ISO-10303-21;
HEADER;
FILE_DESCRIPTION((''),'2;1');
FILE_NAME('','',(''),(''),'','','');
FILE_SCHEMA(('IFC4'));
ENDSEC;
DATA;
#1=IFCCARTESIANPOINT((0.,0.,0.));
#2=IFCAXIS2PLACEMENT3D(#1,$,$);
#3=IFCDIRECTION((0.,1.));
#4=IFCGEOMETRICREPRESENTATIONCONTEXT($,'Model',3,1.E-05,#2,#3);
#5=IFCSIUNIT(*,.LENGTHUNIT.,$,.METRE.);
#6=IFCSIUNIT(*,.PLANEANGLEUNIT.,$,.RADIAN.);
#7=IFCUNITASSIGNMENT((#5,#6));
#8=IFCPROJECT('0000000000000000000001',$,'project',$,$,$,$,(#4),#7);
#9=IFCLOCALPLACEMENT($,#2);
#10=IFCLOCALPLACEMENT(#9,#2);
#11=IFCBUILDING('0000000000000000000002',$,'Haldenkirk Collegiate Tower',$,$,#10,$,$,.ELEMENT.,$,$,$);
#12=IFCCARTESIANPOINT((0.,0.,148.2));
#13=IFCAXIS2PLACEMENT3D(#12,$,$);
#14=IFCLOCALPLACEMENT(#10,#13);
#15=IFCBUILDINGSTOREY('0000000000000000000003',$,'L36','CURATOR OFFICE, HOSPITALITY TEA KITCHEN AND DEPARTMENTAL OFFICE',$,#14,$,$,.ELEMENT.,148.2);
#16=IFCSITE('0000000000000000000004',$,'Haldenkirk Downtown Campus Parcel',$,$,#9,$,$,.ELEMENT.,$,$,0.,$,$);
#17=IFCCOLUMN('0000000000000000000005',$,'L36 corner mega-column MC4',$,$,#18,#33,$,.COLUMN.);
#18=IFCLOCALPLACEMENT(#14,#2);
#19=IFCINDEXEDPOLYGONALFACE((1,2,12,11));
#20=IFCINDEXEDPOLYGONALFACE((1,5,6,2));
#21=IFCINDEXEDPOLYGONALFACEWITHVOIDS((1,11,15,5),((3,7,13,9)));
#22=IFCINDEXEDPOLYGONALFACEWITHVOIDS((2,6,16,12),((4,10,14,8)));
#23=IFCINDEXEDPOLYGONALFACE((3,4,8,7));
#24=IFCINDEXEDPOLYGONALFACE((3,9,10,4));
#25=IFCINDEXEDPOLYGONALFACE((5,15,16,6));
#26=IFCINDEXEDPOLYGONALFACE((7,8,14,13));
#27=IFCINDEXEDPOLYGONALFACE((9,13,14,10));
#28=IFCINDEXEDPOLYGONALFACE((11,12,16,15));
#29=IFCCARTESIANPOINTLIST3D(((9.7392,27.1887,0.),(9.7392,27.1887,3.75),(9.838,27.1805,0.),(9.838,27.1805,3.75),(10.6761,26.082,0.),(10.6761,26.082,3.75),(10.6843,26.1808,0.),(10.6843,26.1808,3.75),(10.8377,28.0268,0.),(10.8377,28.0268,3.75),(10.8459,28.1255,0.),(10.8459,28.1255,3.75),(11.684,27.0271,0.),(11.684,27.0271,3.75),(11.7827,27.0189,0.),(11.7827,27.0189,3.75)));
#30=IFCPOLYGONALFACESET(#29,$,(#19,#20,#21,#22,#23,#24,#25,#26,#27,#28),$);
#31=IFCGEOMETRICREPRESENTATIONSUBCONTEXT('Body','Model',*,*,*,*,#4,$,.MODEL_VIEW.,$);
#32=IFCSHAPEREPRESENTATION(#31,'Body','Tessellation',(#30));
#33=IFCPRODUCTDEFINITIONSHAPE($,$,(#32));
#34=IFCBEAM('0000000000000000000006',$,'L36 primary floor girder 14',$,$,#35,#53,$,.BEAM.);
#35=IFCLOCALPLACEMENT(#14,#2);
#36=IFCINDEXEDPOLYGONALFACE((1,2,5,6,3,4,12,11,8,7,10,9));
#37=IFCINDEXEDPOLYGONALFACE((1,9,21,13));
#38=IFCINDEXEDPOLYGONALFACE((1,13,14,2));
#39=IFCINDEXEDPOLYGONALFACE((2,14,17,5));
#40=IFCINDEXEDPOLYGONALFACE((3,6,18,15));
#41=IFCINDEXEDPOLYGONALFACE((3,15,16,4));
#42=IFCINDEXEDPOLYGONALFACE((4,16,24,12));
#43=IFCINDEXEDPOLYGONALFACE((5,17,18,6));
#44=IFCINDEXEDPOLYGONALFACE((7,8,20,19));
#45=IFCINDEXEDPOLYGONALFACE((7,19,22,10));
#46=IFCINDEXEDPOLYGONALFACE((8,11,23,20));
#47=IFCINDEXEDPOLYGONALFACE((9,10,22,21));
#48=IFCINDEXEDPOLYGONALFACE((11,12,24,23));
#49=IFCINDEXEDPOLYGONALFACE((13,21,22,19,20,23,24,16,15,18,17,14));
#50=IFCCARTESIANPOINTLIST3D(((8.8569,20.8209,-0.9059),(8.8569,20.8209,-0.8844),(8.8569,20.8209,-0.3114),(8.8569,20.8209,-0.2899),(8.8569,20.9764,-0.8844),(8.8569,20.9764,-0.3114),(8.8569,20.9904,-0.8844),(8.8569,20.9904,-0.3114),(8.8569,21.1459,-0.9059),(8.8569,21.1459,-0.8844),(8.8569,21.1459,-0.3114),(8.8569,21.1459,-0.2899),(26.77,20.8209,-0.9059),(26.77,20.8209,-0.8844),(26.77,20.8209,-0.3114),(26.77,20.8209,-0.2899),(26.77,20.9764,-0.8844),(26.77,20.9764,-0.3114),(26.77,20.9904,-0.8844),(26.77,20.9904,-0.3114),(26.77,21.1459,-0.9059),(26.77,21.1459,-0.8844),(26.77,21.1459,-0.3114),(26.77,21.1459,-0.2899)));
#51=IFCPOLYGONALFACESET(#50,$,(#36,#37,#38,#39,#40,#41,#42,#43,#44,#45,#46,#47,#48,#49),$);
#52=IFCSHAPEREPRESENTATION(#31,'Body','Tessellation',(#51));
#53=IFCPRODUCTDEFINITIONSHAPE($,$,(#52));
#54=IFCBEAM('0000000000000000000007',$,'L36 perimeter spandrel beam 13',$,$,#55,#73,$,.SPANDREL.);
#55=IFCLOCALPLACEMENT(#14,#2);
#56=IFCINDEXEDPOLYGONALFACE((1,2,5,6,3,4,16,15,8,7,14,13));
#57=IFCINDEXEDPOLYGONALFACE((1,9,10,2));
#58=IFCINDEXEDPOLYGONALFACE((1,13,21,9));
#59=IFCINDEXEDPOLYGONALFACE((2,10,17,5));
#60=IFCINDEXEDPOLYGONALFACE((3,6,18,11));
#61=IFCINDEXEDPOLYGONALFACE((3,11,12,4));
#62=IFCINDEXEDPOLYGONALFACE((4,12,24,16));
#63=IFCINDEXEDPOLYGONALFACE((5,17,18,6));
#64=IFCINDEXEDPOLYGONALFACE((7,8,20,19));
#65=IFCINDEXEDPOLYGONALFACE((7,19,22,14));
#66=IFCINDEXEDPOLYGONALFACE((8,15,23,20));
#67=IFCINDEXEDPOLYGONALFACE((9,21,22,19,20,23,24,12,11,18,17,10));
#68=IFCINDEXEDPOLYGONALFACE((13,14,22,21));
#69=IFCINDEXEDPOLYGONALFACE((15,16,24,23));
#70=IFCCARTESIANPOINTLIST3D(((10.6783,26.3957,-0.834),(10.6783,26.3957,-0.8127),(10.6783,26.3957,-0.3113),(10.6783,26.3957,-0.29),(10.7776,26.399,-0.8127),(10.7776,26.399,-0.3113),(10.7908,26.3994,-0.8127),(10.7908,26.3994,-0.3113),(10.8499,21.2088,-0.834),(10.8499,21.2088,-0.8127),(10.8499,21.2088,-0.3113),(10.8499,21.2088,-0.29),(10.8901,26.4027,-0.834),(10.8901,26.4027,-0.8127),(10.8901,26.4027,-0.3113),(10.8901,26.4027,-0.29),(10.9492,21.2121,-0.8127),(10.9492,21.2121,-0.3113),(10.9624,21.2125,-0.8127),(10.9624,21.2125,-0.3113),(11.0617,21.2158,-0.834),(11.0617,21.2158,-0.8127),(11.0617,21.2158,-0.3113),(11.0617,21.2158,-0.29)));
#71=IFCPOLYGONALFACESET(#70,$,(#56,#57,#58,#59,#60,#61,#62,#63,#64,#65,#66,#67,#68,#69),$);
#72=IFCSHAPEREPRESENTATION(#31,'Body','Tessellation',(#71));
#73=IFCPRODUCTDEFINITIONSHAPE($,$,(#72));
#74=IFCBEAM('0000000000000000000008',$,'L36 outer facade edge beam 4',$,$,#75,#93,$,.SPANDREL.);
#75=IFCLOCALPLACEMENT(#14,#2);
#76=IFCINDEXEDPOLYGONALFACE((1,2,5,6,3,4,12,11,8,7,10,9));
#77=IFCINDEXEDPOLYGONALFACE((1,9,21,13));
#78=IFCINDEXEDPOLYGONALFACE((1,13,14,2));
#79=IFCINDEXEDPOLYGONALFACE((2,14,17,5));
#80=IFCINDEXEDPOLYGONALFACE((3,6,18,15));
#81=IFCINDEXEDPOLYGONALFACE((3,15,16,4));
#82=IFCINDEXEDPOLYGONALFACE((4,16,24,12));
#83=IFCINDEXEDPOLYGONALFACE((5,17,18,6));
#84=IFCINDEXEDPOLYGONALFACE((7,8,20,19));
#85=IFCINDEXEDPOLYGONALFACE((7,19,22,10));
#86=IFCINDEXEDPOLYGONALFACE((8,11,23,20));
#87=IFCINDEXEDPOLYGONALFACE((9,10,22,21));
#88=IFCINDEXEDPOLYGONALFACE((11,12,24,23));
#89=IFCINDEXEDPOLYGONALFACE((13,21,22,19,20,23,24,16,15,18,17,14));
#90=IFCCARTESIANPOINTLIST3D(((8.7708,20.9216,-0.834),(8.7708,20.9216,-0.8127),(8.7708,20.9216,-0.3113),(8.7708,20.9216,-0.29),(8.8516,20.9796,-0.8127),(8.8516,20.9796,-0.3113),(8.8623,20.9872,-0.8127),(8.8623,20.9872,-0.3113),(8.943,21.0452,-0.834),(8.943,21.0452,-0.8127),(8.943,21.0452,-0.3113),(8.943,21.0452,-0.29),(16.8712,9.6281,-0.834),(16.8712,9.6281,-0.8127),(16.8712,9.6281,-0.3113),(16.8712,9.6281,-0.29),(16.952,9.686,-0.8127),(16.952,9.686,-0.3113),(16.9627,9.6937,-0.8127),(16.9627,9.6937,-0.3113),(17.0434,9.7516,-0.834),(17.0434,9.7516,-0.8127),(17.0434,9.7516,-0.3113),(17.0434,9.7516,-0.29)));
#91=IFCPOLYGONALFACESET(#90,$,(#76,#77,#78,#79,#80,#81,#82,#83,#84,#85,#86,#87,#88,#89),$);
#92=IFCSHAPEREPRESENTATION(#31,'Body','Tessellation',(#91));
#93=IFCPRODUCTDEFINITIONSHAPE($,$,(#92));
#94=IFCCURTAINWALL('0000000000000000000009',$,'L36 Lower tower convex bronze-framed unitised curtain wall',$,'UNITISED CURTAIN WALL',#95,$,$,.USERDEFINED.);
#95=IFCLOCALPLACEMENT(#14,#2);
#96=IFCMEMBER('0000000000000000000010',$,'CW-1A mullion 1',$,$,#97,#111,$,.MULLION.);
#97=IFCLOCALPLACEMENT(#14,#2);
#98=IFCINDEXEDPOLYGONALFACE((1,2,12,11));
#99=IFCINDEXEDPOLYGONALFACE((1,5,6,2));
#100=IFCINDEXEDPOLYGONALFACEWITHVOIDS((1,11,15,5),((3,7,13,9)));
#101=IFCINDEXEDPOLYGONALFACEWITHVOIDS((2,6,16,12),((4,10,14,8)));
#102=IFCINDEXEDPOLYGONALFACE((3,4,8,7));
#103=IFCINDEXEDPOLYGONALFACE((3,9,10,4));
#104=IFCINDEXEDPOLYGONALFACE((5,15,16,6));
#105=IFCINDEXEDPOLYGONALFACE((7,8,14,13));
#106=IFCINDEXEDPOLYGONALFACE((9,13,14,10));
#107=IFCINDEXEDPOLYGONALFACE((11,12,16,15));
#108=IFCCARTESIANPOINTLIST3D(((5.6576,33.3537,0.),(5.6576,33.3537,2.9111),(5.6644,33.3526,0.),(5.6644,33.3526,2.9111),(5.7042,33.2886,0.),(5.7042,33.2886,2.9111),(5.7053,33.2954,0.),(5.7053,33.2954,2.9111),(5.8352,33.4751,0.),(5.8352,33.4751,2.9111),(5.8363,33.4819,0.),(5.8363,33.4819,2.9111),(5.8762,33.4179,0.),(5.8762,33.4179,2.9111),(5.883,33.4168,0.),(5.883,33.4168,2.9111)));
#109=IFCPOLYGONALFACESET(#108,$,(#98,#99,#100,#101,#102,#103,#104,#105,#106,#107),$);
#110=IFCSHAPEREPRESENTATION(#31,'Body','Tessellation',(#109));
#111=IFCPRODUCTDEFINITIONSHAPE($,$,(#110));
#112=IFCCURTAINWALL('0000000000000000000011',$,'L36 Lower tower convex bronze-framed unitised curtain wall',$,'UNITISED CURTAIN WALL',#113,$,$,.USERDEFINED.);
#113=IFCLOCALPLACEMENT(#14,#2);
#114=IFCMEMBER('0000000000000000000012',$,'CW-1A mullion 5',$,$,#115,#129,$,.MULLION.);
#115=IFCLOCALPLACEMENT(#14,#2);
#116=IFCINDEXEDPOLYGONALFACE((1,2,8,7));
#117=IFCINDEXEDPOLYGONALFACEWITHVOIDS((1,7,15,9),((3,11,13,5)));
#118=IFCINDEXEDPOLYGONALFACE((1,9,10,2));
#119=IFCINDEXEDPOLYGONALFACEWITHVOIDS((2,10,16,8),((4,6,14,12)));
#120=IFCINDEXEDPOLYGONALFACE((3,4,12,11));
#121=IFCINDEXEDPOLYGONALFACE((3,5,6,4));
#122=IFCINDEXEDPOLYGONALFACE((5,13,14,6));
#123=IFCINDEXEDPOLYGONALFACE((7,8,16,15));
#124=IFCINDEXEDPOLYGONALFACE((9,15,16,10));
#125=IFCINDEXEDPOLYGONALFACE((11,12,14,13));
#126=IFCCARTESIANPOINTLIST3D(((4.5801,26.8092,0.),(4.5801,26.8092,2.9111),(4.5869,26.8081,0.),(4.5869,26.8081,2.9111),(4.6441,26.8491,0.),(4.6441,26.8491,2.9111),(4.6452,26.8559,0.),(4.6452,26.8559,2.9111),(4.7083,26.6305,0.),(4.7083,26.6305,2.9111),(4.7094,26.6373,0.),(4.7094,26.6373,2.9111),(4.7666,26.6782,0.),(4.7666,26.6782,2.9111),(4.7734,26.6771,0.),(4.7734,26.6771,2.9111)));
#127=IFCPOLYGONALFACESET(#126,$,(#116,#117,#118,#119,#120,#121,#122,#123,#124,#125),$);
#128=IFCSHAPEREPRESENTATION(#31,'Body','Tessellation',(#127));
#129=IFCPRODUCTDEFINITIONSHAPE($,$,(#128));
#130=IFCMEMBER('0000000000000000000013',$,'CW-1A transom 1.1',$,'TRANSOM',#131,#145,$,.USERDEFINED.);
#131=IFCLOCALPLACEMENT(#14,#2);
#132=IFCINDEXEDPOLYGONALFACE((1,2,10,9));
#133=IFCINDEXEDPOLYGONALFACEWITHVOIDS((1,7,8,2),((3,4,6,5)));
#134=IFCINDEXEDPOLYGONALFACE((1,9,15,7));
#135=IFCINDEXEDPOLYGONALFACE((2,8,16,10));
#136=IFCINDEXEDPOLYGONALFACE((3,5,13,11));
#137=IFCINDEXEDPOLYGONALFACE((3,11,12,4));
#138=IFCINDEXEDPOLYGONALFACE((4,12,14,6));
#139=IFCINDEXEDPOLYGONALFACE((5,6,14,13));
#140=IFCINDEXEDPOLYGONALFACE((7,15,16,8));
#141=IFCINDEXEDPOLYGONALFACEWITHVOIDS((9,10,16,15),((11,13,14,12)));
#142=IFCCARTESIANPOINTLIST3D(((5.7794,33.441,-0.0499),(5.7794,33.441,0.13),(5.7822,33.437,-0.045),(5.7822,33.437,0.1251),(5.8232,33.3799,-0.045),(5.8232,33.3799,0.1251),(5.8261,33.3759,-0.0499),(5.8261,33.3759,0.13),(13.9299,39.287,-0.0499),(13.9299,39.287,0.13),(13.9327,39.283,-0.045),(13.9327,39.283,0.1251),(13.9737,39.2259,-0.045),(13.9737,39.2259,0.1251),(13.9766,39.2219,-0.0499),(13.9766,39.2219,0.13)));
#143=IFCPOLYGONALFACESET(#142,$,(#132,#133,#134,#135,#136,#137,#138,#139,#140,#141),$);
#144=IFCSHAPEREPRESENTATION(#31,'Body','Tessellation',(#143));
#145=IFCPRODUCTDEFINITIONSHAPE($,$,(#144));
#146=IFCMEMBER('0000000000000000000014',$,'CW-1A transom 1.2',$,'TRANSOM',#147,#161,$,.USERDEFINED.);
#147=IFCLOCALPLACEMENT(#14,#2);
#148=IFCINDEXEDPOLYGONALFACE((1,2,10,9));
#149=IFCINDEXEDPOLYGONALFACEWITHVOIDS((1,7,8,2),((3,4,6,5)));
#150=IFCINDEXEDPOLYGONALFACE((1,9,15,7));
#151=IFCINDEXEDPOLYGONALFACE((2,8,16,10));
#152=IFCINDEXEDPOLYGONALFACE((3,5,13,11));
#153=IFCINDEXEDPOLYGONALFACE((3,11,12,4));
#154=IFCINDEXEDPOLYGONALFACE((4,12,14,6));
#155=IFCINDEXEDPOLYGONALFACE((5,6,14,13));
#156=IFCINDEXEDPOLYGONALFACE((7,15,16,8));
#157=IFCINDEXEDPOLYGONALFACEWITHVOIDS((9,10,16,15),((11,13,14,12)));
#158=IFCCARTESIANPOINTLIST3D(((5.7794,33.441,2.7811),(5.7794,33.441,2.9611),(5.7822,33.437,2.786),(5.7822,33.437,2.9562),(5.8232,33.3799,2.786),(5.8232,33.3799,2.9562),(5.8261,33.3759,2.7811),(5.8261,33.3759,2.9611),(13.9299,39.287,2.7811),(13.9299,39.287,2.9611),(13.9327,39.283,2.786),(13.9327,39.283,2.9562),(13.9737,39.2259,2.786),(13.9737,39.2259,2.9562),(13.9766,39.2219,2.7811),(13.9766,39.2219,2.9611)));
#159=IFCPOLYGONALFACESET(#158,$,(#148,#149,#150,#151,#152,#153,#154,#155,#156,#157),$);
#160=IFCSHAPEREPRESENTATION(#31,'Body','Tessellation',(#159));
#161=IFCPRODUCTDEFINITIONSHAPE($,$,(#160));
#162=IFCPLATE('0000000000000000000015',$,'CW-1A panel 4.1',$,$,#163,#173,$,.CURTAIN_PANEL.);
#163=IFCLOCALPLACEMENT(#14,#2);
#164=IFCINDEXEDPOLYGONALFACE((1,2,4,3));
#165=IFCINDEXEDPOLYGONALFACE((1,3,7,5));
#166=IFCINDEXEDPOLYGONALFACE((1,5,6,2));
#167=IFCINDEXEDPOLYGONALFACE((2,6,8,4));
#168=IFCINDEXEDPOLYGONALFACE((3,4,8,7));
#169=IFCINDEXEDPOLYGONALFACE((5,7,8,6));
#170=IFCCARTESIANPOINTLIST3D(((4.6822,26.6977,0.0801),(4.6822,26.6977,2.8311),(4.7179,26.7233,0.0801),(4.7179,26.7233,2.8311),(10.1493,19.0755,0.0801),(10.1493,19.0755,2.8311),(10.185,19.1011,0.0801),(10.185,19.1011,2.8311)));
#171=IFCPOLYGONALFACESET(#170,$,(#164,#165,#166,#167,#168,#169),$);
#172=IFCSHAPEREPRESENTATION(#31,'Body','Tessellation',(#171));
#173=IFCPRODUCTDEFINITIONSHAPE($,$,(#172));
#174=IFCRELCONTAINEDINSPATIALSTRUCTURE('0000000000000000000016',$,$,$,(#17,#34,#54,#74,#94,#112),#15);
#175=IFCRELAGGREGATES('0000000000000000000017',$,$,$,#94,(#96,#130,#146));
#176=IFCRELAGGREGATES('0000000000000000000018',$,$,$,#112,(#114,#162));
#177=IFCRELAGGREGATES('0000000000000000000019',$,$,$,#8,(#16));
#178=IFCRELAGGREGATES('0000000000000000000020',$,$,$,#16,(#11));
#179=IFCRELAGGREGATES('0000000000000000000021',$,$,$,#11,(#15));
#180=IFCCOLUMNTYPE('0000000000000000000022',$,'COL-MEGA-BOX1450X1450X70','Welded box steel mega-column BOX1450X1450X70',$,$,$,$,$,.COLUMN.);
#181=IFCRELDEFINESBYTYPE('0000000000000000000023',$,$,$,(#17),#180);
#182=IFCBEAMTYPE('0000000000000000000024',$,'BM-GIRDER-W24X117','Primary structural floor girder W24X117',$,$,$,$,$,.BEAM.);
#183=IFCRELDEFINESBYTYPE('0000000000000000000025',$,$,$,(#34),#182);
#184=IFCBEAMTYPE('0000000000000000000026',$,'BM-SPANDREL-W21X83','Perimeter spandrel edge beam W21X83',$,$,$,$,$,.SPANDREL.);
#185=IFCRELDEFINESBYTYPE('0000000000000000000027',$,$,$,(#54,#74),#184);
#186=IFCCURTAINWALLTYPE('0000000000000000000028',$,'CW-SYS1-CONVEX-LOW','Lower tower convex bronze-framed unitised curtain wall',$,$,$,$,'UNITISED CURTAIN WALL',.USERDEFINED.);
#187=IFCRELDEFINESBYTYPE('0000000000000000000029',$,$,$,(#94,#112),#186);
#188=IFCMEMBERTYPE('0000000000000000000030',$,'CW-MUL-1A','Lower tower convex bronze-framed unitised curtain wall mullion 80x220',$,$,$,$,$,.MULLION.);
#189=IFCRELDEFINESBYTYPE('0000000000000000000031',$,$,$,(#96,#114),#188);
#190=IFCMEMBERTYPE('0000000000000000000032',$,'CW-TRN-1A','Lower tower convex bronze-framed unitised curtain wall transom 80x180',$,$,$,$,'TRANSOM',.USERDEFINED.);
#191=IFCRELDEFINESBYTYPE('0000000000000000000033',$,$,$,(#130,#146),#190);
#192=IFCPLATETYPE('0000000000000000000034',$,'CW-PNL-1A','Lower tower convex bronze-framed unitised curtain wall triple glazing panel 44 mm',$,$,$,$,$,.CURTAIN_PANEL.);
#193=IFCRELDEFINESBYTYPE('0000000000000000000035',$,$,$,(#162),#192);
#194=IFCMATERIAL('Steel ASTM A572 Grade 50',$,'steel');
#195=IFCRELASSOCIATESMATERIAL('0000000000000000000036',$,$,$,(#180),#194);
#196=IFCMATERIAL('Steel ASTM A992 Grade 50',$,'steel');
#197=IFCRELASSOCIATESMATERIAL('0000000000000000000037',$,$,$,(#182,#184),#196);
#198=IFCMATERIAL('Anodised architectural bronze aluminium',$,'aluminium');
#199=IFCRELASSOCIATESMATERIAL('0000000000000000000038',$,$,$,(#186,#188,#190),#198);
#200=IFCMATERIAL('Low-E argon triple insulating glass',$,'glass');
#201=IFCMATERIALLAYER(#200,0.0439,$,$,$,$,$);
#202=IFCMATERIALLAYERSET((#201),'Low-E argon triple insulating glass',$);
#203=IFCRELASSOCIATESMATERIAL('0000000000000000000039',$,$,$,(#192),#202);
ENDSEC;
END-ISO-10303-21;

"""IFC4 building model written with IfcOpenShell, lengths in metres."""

from ifc_helpers import new_model, si_unit, direction, frame, origin, origin_2d, place, context, subcontext, project, spatial, rectangle, hollow_rectangle, i_section, extrude, source, transform, mapped, material, layer, layer_set, material_profile, profile_set, type_object, element, aggregate, save


model = new_model("IFC4")

# Units and contexts
model_context = context("Model", 3, precision=1e-05, world=origin(), true_north=direction((0.0, 1.0)))
body_context = subcontext(model_context, "Body", "Model", "MODEL_VIEW")
ifc_project = project(units=[si_unit("LENGTHUNIT", "METRE"), si_unit("PLANEANGLEUNIT", "RADIAN")], contexts=[model_context])

# Site, building, storey
site_placement = place(None, origin())
site = spatial("IfcSite", under=ifc_project, at=site_placement, Name="Haldenkirk Downtown Campus Parcel", CompositionType="ELEMENT", RefElevation=0.0)
building_placement = place(site_placement, origin())
building = spatial("IfcBuilding", under=site, at=building_placement, Name="Haldenkirk Collegiate Tower", CompositionType="ELEMENT")
storey_placement = place(building_placement, frame((0.0, 0.0, 148.2)))
storey = spatial("IfcBuildingStorey", under=building, at=storey_placement, Name="L36", Description="CURATOR OFFICE, HOSPITALITY TEA KITCHEN AND DEPARTMENTAL OFFICE", CompositionType="ELEMENT", Elevation=148.2)

# Column
ifc_material_1 = material(Name="Steel ASTM A572 Grade 50", Category="steel")
ifc_material_profile_1 = material_profile(ifc_material_1, hollow_rectangle(XDim=1.45, YDim=1.45, WallThickness=0.0701, at=origin_2d()), Name="BOX1450X1450X70")
ifc_profile_set_1 = profile_set([ifc_material_profile_1], Name="Steel ASTM A572 Grade 50")
column_type = type_object("IfcColumnType", Name="COL-MEGA-BOX1450X1450X70", Description="Welded box steel mega-column BOX1450X1450X70", PredefinedType="COLUMN", material=ifc_profile_set_1)
column_placement = place(storey_placement, frame((10.761, 27.1038, 0.0), z_axis=(0.0, 0.0, 1.0), x_axis=(0.763232, 0.646124, 0.0)))
element("IfcColumn", 1, at=column_placement, inside=storey, type_object=column_type, Name="L36 corner mega-column MC4", PredefinedType="COLUMN", context=body_context, shape_type="SweptSolid", body=[
    extrude(hollow_rectangle(XDim=1.45, YDim=1.45, WallThickness=0.0701, at=origin_2d()), origin(), (0.0, 0.0, 1.0), 3.75),
])

# Beams
ifc_material_2 = material(Name="Steel ASTM A992 Grade 50", Category="steel")
ifc_material_profile_2 = material_profile(ifc_material_2, i_section(OverallWidth=0.325, OverallDepth=0.616, WebThickness=0.0139, FlangeThickness=0.0215, at=origin_2d()), Name="W24X117")
ifc_profile_set_2 = profile_set([ifc_material_profile_2], Name="Steel ASTM A992 Grade 50")
beam_type_1 = type_object("IfcBeamType", Name="BM-GIRDER-W24X117", Description="Primary structural floor girder W24X117", PredefinedType="BEAM", material=ifc_profile_set_2)
beam_1_placement = place(storey_placement, frame((8.8569, 20.9834, -0.5979), z_axis=(1.0, 0.0, 0.0), x_axis=(0.0, 1.0, 0.0)))
element("IfcBeam", 2, at=beam_1_placement, inside=storey, type_object=beam_type_1, Name="L36 primary floor girder 14", PredefinedType="BEAM", context=body_context, shape_type="SweptSolid", body=[
    extrude(i_section(OverallWidth=0.325, OverallDepth=0.616, WebThickness=0.0139, FlangeThickness=0.0215, at=origin_2d()), origin(), (0.0, 0.0, 1.0), 17.9131),
])
ifc_material_profile_3 = material_profile(ifc_material_2, i_section(OverallWidth=0.2119, OverallDepth=0.5439, WebThickness=0.0132, FlangeThickness=0.0212, at=origin_2d()), Name="W21X83")
ifc_profile_set_3 = profile_set([ifc_material_profile_3], Name="Steel ASTM A992 Grade 50")
beam_type_2 = type_object("IfcBeamType", Name="BM-SPANDREL-W21X83", Description="Perimeter spandrel edge beam W21X83", PredefinedType="SPANDREL", material=ifc_profile_set_3)
beam_2_placement = place(storey_placement, frame((10.7842, 26.3992, -0.562), z_axis=(0.033072, -0.999453, 0.0), x_axis=(0.999453, 0.033072, 0.0)))
element("IfcBeam", 3, at=beam_2_placement, inside=storey, type_object=beam_type_2, Name="L36 perimeter spandrel beam 13", PredefinedType="SPANDREL", context=body_context, shape_type="SweptSolid", body=[
    extrude(i_section(OverallWidth=0.2119, OverallDepth=0.5439, WebThickness=0.0132, FlangeThickness=0.0212, at=origin_2d()), origin(), (0.0, 0.0, 1.0), 5.1897),
])
beam_3_placement = place(storey_placement, frame((8.8569, 20.9834, -0.562), z_axis=(0.582837, -0.812589, 0.0), x_axis=(0.812589, 0.582837, 0.0)))
element("IfcBeam", 4, at=beam_3_placement, inside=storey, type_object=beam_type_2, Name="L36 outer facade edge beam 4", PredefinedType="SPANDREL", context=body_context, shape_type="SweptSolid", body=[
    extrude(i_section(OverallWidth=0.2119, OverallDepth=0.5439, WebThickness=0.0132, FlangeThickness=0.0212, at=origin_2d()), origin(), (0.0, 0.0, 1.0), 13.8982),
])

# Curtain walls, members
ifc_material_3 = material(Name="Anodised architectural bronze aluminium", Category="aluminium")
curtain_wall_type = type_object("IfcCurtainWallType", Name="CW-SYS1-CONVEX-LOW", Description="Lower tower convex bronze-framed unitised curtain wall", ElementType="UNITISED CURTAIN WALL", PredefinedType="USERDEFINED", material=ifc_material_3)
curtain_wall_1_placement = place(storey_placement, origin())
curtain_wall_1 = element("IfcCurtainWall", 5, at=curtain_wall_1_placement, inside=storey, type_object=curtain_wall_type, Name="L36 Lower tower convex bronze-framed unitised curtain wall", ObjectType="UNITISED CURTAIN WALL", PredefinedType="USERDEFINED")
ifc_material_profile_4 = material_profile(ifc_material_3, hollow_rectangle(XDim=0.0801, YDim=0.22, WallThickness=0.0049, at=origin_2d()), Name="CW-MUL-1A")
ifc_profile_set_4 = profile_set([ifc_material_profile_4], Name="Anodised architectural bronze aluminium")
member_type_1 = type_object("IfcMemberType", Name="CW-MUL-1A", Description="Lower tower convex bronze-framed unitised curtain wall mullion 80x220", PredefinedType="MULLION", material=ifc_profile_set_4)
member_1_placement = place(storey_placement, frame((5.7703, 33.3853, 0.0), z_axis=(0.0, 0.0, 1.0), x_axis=(-0.582831, 0.812594, 0.0)))
member_1 = element("IfcMember", 6, at=member_1_placement, type_object=member_type_1, Name="CW-1A mullion 1", PredefinedType="MULLION", context=body_context, shape_type="SweptSolid", body=[
    extrude(hollow_rectangle(XDim=0.0801, YDim=0.22, WallThickness=0.0049, at=origin_2d()), origin(), (0.0, 0.0, 1.0), 2.9111),
])
curtain_wall_2_placement = place(storey_placement, origin())
curtain_wall_2 = element("IfcCurtainWall", 7, at=curtain_wall_2_placement, inside=storey, type_object=curtain_wall_type, Name="L36 Lower tower convex bronze-framed unitised curtain wall", ObjectType="UNITISED CURTAIN WALL", PredefinedType="USERDEFINED")
member_2_placement = place(storey_placement, frame((4.6768, 26.7432, 0.0), z_axis=(0.0, 0.0, 1.0), x_axis=(-0.812592, -0.582832, 0.0)))
member_2 = element("IfcMember", 8, at=member_2_placement, type_object=member_type_1, Name="CW-1A mullion 5", PredefinedType="MULLION", context=body_context, shape_type="SweptSolid", body=[
    extrude(hollow_rectangle(XDim=0.0801, YDim=0.22, WallThickness=0.0049, at=origin_2d()), origin(), (0.0, 0.0, 1.0), 2.9111),
])

# Members
ifc_material_profile_5 = material_profile(ifc_material_3, hollow_rectangle(XDim=0.0801, YDim=0.1799, WallThickness=0.0049, at=origin_2d()), Name="CW-TRN-1A")
ifc_profile_set_5 = profile_set([ifc_material_profile_5], Name="Anodised architectural bronze aluminium")
member_type_2 = type_object("IfcMemberType", Name="CW-TRN-1A", Description="Lower tower convex bronze-framed unitised curtain wall transom 80x180", ElementType="TRANSOM", PredefinedType="USERDEFINED", material=ifc_profile_set_5)
member_3_placement = place(storey_placement, frame((5.8027, 33.4084, 0.04), z_axis=(0.812589, 0.582837, 0.0), x_axis=(-0.582837, 0.812589, 0.0)))
member_3 = element("IfcMember", 9, at=member_3_placement, type_object=member_type_2, Name="CW-1A transom 1.1", ObjectType="TRANSOM", PredefinedType="USERDEFINED", context=body_context, shape_type="SweptSolid", body=[
    extrude(hollow_rectangle(XDim=0.0801, YDim=0.1799, WallThickness=0.0049, at=origin_2d()), origin(), (0.0, 0.0, 1.0), 10.0303),
])
member_4_placement = place(storey_placement, frame((5.8027, 33.4084, 2.8711), z_axis=(0.812589, 0.582837, 0.0), x_axis=(-0.582837, 0.812589, 0.0)))
member_4 = element("IfcMember", 10, at=member_4_placement, type_object=member_type_2, Name="CW-1A transom 1.2", ObjectType="TRANSOM", PredefinedType="USERDEFINED", context=body_context, shape_type="SweptSolid", body=[
    extrude(hollow_rectangle(XDim=0.0801, YDim=0.1799, WallThickness=0.0049, at=origin_2d()), origin(), (0.0, 0.0, 1.0), 10.0303),
])
aggregate(curtain_wall_1, [member_1, member_3, member_4])

# Plate
ifc_material_4 = material(Name="Low-E argon triple insulating glass", Category="glass")
ifc_layer_1 = layer(ifc_material_4, 0.0439)
ifc_layer_set_1 = layer_set([ifc_layer_1], Name="Low-E argon triple insulating glass")
plate_type = type_object("IfcPlateType", Name="CW-PNL-1A", Description="Lower tower convex bronze-framed unitised curtain wall triple glazing panel 44 mm", PredefinedType="CURTAIN_PANEL", material=ifc_layer_set_1)
shared_shape_1 = source(origin(), body_context, "Body", "SweptSolid", [
    extrude(rectangle(XDim=9.3801, YDim=0.0439, at=origin_2d()), origin(), (0.0, 0.0, 1.0), 2.751),
])
plate_placement = place(storey_placement, frame((7.4336, 22.8994, 0.0801), z_axis=(0.0, 0.0, 1.0), x_axis=(-0.582832, 0.812592, 0.0)))
plate = element("IfcPlate", 11, at=plate_placement, type_object=plate_type, Name="CW-1A panel 4.1", PredefinedType="CURTAIN_PANEL", context=body_context, shape_type="MappedRepresentation", body=[
    mapped(shared_shape_1, transform((0.0, 0.0, 0.0), x_axis=(1.0, 0.0, 0.0), y_axis=(0.0, 1.0, 0.0), z_axis=(0.0, 0.0, 1.0), scale=1.0)),
])
aggregate(curtain_wall_2, [member_2, plate])

save(model, "model.ifc")
